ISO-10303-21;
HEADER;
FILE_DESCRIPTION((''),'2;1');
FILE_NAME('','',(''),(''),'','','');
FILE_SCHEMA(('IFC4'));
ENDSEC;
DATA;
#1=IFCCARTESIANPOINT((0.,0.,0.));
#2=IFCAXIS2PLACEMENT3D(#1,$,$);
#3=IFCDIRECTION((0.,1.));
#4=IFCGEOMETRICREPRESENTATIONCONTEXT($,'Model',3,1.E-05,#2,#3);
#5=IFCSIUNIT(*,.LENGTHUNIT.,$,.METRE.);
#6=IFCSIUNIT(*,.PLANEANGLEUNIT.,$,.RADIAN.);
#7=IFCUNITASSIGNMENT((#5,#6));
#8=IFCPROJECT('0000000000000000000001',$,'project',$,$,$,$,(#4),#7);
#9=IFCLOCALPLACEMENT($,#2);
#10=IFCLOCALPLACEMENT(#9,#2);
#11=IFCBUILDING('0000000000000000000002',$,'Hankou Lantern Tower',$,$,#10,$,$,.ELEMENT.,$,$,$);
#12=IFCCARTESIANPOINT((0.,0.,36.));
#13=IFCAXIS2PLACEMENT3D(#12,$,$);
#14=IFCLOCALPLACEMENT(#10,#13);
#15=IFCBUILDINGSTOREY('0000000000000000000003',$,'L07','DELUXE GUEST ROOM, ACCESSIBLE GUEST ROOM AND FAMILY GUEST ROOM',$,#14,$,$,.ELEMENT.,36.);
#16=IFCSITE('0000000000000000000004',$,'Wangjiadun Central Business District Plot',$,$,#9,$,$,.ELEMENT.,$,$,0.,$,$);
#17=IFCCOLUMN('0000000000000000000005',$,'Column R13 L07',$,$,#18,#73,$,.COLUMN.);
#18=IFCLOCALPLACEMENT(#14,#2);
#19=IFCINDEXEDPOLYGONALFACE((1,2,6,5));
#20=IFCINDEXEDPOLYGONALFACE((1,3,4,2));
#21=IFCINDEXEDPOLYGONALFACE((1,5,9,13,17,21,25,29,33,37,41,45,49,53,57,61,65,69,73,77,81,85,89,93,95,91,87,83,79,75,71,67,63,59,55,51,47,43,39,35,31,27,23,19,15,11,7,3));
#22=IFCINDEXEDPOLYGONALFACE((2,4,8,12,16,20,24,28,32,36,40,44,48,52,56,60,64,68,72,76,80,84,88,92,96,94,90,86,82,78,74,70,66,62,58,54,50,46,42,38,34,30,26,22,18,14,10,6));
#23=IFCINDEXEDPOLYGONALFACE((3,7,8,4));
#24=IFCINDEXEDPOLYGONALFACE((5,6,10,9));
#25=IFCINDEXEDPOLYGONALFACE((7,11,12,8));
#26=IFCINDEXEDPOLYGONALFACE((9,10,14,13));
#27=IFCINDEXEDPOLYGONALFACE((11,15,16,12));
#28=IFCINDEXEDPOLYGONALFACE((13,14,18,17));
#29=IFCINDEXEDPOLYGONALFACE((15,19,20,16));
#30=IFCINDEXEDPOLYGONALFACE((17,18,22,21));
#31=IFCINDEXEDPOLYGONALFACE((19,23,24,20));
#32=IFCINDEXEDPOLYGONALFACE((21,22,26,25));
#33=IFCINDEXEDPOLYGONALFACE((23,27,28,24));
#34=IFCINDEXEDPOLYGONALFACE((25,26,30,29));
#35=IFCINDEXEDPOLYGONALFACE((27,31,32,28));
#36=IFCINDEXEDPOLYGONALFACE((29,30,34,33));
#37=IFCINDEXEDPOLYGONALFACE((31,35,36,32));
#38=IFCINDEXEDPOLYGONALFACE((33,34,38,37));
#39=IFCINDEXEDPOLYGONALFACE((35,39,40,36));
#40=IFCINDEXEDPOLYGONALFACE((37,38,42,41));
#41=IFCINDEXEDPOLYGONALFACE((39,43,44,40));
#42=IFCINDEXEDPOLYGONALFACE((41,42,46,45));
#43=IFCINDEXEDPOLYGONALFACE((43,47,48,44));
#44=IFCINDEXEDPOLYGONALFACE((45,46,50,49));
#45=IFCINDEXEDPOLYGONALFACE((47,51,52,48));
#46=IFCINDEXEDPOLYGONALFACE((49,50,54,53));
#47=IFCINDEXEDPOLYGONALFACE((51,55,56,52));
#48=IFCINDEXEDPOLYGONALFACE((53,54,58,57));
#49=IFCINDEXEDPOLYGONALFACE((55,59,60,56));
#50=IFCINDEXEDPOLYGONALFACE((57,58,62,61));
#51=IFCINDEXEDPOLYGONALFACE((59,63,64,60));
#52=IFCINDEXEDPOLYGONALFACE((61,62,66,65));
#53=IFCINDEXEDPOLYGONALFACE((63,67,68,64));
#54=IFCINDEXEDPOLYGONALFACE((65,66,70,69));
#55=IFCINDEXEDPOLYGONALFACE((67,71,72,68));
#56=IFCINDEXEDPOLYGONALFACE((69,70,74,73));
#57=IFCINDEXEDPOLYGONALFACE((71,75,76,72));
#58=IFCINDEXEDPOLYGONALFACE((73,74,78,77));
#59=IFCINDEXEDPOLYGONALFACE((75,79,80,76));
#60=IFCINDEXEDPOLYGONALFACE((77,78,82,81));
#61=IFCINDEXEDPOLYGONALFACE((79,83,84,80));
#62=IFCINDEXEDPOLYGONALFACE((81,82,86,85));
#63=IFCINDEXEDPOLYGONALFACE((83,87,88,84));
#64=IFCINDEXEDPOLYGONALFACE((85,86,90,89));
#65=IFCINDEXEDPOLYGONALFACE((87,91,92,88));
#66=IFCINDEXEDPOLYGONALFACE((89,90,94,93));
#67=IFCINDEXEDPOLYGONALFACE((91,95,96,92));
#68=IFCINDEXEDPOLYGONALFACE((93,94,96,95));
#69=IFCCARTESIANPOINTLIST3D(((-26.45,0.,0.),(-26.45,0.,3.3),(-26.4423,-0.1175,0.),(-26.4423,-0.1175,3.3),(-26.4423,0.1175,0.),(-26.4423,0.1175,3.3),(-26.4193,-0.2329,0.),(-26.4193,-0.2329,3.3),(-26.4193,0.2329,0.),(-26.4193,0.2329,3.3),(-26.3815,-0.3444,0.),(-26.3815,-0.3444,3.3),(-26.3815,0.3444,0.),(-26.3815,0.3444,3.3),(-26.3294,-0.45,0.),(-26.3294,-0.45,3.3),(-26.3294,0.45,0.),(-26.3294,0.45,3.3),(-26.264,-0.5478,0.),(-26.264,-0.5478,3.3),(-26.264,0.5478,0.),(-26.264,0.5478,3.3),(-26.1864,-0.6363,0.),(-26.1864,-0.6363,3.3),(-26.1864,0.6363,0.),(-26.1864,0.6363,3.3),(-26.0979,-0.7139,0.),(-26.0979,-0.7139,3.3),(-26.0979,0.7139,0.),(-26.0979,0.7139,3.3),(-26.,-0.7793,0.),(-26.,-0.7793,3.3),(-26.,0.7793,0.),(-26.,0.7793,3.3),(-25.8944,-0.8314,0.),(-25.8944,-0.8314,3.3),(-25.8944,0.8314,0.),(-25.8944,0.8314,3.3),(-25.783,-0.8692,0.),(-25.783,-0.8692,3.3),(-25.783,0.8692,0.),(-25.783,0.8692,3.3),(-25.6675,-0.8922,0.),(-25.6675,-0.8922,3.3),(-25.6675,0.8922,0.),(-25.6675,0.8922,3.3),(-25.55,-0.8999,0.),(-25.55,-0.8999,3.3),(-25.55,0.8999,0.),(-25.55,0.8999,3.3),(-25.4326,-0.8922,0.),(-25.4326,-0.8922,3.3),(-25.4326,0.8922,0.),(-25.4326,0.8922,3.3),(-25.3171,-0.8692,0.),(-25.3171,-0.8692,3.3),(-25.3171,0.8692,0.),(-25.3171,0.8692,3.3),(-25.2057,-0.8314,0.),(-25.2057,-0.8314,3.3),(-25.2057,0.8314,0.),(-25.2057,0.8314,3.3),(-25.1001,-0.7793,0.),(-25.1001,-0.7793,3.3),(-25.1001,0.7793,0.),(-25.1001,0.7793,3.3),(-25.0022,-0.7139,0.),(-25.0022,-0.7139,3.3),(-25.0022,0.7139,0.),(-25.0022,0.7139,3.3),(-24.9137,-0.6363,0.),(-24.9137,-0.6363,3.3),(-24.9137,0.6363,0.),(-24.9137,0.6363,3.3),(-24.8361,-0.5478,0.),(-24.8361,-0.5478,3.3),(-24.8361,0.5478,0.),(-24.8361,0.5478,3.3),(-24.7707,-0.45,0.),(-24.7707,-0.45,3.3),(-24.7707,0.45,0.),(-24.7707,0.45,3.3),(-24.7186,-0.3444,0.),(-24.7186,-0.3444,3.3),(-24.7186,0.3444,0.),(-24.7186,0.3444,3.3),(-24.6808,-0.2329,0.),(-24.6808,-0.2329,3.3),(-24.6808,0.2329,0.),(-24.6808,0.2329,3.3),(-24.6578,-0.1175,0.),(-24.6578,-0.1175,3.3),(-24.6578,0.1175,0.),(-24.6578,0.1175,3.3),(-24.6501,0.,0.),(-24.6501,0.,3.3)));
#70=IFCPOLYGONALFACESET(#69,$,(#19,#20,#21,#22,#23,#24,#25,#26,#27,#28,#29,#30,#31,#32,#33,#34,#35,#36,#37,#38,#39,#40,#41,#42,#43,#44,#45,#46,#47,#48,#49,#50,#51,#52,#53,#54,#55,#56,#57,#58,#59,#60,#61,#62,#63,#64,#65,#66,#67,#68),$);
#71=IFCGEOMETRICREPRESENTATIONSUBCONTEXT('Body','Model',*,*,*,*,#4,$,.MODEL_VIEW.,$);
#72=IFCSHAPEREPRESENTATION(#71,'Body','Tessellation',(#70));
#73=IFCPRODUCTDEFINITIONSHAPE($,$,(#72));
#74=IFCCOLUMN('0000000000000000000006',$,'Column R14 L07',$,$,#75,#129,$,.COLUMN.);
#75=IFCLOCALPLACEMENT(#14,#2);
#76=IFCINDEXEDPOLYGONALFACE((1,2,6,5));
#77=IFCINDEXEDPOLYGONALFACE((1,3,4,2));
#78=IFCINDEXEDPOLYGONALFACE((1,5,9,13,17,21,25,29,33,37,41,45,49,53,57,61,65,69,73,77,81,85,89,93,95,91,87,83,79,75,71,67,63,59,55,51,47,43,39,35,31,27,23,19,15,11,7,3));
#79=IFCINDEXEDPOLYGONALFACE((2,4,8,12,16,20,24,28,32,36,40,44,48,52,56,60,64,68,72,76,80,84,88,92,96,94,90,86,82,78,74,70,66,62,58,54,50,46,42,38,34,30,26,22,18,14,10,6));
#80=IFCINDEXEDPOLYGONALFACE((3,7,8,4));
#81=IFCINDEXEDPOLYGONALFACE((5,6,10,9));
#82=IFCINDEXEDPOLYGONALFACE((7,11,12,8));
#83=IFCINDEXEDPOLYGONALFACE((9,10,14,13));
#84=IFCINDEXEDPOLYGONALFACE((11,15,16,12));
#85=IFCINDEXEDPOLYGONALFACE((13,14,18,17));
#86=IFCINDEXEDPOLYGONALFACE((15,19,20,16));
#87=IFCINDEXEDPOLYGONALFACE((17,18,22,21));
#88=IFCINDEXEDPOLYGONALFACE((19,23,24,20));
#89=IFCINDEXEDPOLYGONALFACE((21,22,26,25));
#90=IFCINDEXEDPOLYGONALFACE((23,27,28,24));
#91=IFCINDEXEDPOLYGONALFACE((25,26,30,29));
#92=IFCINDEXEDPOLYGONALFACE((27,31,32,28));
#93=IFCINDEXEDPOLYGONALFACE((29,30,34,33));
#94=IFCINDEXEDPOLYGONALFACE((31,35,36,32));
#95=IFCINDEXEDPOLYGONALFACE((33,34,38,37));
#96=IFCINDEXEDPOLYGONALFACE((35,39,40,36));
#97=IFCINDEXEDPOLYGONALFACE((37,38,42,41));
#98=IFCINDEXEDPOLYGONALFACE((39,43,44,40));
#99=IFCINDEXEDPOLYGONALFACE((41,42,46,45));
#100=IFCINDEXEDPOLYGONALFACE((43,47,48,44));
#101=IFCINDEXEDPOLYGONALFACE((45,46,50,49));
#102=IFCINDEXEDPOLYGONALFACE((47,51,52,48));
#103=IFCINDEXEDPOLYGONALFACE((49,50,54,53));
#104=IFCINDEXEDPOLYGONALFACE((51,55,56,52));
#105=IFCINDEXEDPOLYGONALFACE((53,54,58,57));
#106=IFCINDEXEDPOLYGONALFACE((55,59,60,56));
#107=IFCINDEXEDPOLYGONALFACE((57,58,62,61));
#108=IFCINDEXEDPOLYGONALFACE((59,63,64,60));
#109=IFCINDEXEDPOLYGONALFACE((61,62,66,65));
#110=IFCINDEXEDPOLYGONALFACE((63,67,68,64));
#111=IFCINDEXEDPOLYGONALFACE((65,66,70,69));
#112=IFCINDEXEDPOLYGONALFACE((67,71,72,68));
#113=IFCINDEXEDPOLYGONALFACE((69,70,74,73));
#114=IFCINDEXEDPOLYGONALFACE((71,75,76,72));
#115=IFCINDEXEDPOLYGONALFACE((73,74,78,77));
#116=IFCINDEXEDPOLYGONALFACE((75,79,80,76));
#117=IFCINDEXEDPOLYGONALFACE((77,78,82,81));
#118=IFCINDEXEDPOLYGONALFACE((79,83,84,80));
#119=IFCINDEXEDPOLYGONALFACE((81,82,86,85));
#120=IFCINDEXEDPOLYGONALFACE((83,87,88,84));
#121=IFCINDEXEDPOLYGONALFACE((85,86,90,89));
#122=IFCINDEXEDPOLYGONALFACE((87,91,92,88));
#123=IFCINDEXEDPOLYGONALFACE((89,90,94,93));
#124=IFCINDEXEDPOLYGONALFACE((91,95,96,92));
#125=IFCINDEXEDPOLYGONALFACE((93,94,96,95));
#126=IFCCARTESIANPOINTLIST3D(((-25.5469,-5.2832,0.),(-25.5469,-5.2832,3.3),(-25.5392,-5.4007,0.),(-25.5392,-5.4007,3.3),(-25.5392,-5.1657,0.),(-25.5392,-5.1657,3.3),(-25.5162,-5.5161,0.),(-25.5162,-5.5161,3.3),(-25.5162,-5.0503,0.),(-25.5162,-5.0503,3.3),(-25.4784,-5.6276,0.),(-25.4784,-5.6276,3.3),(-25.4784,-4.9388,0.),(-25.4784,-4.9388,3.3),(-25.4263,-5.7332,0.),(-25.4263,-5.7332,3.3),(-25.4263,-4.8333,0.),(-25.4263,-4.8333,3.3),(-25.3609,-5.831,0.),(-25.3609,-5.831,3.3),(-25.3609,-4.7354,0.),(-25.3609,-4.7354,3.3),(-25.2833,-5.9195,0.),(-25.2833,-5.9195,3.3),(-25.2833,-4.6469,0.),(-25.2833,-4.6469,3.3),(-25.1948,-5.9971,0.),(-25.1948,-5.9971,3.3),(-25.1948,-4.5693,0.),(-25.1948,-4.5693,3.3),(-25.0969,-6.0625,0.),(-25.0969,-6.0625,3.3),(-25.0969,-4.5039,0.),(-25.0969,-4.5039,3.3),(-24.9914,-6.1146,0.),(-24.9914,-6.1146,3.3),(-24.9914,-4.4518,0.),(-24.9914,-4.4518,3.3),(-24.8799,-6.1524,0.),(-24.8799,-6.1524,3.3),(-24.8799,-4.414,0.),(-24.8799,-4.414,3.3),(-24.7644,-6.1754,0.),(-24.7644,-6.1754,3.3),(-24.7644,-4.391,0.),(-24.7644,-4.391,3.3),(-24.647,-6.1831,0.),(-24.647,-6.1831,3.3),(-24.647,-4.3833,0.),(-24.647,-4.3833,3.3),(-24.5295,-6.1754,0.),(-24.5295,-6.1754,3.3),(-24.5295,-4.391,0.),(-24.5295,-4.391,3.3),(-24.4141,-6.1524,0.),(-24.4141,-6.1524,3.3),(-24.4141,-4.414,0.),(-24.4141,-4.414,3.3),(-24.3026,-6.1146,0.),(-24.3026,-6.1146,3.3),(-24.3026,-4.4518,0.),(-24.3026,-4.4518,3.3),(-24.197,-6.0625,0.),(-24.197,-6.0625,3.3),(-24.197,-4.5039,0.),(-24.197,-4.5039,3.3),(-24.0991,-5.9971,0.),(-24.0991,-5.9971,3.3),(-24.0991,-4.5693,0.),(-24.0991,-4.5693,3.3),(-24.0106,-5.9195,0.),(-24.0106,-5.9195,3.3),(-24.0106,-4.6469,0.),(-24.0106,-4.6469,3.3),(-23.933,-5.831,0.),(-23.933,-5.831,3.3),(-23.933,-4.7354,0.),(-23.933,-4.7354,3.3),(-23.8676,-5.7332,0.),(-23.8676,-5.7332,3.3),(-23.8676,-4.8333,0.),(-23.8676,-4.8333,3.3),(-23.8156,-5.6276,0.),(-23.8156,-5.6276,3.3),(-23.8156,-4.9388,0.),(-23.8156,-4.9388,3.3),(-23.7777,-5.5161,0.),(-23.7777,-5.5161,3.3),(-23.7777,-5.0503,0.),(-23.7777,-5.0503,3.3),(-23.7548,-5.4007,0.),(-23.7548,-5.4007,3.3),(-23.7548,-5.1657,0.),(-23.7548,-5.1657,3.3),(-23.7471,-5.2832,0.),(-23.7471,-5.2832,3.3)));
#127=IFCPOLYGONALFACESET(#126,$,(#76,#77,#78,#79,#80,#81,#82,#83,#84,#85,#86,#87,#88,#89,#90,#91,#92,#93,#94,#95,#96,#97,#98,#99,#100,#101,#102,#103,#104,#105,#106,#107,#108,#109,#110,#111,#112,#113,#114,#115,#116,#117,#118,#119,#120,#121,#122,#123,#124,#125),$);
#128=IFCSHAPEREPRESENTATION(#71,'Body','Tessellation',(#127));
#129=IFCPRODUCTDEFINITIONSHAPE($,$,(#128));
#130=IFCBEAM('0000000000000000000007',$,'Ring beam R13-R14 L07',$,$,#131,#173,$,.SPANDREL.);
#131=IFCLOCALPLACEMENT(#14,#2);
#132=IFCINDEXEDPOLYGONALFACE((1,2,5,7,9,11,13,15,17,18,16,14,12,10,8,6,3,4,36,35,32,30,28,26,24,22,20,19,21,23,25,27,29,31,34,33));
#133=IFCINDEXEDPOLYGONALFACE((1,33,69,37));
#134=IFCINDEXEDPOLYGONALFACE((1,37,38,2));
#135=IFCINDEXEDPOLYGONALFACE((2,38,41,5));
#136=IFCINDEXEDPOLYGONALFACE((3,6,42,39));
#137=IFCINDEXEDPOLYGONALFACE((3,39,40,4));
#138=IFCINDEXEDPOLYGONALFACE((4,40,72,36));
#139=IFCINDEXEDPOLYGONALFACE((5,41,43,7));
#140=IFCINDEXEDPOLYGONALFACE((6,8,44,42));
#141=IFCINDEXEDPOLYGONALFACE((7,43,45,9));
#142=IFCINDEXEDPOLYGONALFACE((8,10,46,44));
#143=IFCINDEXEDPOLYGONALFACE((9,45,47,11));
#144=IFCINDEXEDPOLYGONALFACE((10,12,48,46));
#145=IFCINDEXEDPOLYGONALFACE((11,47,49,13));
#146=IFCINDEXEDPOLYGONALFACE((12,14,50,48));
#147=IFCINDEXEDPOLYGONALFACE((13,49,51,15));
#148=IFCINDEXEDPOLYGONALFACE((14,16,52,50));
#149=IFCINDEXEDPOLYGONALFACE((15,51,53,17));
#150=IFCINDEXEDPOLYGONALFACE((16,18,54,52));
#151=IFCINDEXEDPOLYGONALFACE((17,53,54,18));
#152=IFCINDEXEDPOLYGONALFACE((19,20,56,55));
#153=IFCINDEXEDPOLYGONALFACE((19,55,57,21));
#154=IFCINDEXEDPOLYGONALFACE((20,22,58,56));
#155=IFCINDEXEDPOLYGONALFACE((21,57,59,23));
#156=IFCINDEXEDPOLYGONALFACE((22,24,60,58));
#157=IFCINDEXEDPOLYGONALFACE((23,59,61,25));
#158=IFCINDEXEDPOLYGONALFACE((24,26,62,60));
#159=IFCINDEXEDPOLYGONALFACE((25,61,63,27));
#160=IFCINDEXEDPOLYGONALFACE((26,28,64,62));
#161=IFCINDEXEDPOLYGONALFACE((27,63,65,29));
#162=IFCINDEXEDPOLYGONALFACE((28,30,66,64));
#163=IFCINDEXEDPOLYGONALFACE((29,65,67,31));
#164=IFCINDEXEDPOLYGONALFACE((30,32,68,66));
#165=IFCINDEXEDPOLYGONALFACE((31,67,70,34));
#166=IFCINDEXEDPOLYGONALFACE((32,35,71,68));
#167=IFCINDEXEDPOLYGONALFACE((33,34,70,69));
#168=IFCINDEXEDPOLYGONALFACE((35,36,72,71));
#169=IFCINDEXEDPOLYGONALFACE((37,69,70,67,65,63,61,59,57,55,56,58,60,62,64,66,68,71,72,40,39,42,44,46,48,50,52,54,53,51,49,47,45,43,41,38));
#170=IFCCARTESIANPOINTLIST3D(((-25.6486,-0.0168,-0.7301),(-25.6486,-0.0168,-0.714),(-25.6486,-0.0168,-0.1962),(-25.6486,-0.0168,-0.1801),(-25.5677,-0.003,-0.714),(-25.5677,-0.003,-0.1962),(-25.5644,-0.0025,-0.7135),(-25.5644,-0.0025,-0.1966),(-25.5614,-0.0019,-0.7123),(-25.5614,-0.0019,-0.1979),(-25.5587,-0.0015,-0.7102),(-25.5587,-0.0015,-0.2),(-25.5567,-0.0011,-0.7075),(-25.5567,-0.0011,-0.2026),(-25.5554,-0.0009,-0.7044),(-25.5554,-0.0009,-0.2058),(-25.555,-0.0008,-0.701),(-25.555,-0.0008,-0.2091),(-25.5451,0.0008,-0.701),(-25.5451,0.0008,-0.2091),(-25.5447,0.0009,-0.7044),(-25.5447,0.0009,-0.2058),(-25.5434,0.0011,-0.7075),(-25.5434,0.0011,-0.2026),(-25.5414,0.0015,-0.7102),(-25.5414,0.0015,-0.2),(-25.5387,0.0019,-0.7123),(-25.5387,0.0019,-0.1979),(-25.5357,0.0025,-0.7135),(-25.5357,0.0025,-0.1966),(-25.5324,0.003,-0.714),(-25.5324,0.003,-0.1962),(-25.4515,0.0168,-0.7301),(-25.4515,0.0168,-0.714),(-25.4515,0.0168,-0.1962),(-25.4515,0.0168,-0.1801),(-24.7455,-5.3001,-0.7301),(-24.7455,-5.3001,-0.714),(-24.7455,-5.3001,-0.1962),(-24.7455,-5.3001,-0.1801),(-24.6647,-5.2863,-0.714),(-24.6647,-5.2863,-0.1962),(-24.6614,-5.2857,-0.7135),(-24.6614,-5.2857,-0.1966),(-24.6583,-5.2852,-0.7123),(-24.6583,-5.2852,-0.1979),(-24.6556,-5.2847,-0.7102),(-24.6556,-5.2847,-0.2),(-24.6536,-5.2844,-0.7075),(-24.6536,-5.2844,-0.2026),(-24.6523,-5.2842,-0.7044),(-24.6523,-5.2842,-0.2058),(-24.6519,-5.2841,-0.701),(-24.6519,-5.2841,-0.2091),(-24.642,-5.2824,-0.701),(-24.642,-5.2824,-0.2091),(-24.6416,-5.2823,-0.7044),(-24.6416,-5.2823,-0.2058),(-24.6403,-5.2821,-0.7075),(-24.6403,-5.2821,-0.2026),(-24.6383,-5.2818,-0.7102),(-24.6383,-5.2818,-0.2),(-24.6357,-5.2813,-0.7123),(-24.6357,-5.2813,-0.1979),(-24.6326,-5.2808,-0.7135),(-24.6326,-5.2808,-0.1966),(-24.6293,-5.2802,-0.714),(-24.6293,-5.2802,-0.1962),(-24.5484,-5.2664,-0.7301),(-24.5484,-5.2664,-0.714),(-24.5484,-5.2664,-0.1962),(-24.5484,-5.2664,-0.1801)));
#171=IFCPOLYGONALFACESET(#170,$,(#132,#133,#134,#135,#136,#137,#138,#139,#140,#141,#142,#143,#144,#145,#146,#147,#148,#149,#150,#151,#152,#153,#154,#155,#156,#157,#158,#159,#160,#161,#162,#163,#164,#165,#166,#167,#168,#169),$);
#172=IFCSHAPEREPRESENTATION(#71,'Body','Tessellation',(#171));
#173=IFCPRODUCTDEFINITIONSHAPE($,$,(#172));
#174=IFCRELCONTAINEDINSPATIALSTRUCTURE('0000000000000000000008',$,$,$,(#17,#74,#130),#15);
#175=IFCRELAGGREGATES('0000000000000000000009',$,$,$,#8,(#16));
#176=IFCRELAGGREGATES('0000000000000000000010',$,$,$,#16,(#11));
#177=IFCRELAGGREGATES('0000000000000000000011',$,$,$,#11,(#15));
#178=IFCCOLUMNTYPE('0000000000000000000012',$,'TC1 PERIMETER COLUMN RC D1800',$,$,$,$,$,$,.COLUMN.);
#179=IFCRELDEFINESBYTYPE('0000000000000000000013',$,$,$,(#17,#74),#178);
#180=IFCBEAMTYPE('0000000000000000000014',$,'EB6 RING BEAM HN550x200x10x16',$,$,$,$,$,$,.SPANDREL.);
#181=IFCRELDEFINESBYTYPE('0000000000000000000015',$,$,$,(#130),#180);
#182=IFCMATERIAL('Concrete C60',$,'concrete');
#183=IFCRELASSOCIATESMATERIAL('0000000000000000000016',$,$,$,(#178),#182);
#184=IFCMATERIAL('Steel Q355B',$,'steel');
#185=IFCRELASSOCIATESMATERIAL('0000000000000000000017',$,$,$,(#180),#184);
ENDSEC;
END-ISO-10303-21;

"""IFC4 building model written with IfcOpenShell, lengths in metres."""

from ifc_helpers import new_model, si_unit, direction, frame, origin, origin_2d, place, context, subcontext, project, spatial, circle, i_section, extrude, material, material_profile, profile_set, type_object, element, save


model = new_model("IFC4")

# Units and contexts
model_context = context("Model", 3, precision=1e-05, world=origin(), true_north=direction((0.0, 1.0)))
body_context = subcontext(model_context, "Body", "Model", "MODEL_VIEW")
ifc_project = project(units=[si_unit("LENGTHUNIT", "METRE"), si_unit("PLANEANGLEUNIT", "RADIAN")], contexts=[model_context])

# Site, building, storey
site_placement = place(None, origin())
site = spatial("IfcSite", under=ifc_project, at=site_placement, Name="Wangjiadun Central Business District Plot", CompositionType="ELEMENT", RefElevation=0.0)
building_placement = place(site_placement, origin())
building = spatial("IfcBuilding", under=site, at=building_placement, Name="Hankou Lantern Tower", CompositionType="ELEMENT")
storey_placement = place(building_placement, frame((0.0, 0.0, 36.0)))
storey = spatial("IfcBuildingStorey", under=building, at=storey_placement, Name="L07", Description="DELUXE GUEST ROOM, ACCESSIBLE GUEST ROOM AND FAMILY GUEST ROOM", CompositionType="ELEMENT", Elevation=36.0)

# Columns
ifc_material_1 = material(Name="Concrete C60", Category="concrete")
ifc_material_profile_1 = material_profile(ifc_material_1, circle(Radius=0.8999, at=origin_2d()), Name="RC D1800")
ifc_profile_set_1 = profile_set([ifc_material_profile_1], Name="Concrete C60")
column_type = type_object("IfcColumnType", Name="TC1 PERIMETER COLUMN RC D1800", PredefinedType="COLUMN", material=ifc_profile_set_1)
for number, where, z_axis, x_axis, name in (
    (1, (-25.55, 0.0, 0.0), (0.0, 0.0, 1.0), (1.0, 0.0, 0.0), "Column R13 L07"),
    (2, (-24.647, -5.2832, 0.0), (0.0, 0.0, 1.0), (1.0, 0.0, 0.0), "Column R14 L07"),
):
    element("IfcColumn", number, at=place(storey_placement, frame(where, z_axis=z_axis, x_axis=x_axis)), inside=storey, type_object=column_type, Name=name, PredefinedType="COLUMN", context=body_context, shape_type="SweptSolid", body=[
        extrude(circle(Radius=0.8999, at=origin_2d()), origin(), (0.0, 0.0, 1.0), 3.3),
    ])

# Beam
ifc_material_2 = material(Name="Steel Q355B", Category="steel")
ifc_material_profile_2 = material_profile(ifc_material_2, i_section(OverallWidth=0.2, OverallDepth=0.55, WebThickness=0.01, FlangeThickness=0.0161, FilletRadius=0.0129, at=origin_2d()), Name="HN550x200x10x16")
ifc_profile_set_2 = profile_set([ifc_material_profile_2], Name="Steel Q355B")
beam_type_1 = type_object("IfcBeamType", Name="EB6 RING BEAM HN550x200x10x16", PredefinedType="SPANDREL", material=ifc_profile_set_2)
beam_1_placement = place(storey_placement, frame((-25.55, 0.0, -0.4551), z_axis=(0.16849, -0.985703, 0.0), x_axis=(0.985703, 0.16849, 0.0)))
element("IfcBeam", 3, at=beam_1_placement, inside=storey, type_object=beam_type_1, Name="Ring beam R13-R14 L07", PredefinedType="SPANDREL", context=body_context, shape_type="SweptSolid", body=[
    extrude(i_section(OverallWidth=0.2, OverallDepth=0.55, WebThickness=0.01, FlangeThickness=0.0161, FilletRadius=0.0129, at=origin_2d()), origin(), (0.0, 0.0, 1.0), 5.3599),
])

save(model, "model.ifc")
